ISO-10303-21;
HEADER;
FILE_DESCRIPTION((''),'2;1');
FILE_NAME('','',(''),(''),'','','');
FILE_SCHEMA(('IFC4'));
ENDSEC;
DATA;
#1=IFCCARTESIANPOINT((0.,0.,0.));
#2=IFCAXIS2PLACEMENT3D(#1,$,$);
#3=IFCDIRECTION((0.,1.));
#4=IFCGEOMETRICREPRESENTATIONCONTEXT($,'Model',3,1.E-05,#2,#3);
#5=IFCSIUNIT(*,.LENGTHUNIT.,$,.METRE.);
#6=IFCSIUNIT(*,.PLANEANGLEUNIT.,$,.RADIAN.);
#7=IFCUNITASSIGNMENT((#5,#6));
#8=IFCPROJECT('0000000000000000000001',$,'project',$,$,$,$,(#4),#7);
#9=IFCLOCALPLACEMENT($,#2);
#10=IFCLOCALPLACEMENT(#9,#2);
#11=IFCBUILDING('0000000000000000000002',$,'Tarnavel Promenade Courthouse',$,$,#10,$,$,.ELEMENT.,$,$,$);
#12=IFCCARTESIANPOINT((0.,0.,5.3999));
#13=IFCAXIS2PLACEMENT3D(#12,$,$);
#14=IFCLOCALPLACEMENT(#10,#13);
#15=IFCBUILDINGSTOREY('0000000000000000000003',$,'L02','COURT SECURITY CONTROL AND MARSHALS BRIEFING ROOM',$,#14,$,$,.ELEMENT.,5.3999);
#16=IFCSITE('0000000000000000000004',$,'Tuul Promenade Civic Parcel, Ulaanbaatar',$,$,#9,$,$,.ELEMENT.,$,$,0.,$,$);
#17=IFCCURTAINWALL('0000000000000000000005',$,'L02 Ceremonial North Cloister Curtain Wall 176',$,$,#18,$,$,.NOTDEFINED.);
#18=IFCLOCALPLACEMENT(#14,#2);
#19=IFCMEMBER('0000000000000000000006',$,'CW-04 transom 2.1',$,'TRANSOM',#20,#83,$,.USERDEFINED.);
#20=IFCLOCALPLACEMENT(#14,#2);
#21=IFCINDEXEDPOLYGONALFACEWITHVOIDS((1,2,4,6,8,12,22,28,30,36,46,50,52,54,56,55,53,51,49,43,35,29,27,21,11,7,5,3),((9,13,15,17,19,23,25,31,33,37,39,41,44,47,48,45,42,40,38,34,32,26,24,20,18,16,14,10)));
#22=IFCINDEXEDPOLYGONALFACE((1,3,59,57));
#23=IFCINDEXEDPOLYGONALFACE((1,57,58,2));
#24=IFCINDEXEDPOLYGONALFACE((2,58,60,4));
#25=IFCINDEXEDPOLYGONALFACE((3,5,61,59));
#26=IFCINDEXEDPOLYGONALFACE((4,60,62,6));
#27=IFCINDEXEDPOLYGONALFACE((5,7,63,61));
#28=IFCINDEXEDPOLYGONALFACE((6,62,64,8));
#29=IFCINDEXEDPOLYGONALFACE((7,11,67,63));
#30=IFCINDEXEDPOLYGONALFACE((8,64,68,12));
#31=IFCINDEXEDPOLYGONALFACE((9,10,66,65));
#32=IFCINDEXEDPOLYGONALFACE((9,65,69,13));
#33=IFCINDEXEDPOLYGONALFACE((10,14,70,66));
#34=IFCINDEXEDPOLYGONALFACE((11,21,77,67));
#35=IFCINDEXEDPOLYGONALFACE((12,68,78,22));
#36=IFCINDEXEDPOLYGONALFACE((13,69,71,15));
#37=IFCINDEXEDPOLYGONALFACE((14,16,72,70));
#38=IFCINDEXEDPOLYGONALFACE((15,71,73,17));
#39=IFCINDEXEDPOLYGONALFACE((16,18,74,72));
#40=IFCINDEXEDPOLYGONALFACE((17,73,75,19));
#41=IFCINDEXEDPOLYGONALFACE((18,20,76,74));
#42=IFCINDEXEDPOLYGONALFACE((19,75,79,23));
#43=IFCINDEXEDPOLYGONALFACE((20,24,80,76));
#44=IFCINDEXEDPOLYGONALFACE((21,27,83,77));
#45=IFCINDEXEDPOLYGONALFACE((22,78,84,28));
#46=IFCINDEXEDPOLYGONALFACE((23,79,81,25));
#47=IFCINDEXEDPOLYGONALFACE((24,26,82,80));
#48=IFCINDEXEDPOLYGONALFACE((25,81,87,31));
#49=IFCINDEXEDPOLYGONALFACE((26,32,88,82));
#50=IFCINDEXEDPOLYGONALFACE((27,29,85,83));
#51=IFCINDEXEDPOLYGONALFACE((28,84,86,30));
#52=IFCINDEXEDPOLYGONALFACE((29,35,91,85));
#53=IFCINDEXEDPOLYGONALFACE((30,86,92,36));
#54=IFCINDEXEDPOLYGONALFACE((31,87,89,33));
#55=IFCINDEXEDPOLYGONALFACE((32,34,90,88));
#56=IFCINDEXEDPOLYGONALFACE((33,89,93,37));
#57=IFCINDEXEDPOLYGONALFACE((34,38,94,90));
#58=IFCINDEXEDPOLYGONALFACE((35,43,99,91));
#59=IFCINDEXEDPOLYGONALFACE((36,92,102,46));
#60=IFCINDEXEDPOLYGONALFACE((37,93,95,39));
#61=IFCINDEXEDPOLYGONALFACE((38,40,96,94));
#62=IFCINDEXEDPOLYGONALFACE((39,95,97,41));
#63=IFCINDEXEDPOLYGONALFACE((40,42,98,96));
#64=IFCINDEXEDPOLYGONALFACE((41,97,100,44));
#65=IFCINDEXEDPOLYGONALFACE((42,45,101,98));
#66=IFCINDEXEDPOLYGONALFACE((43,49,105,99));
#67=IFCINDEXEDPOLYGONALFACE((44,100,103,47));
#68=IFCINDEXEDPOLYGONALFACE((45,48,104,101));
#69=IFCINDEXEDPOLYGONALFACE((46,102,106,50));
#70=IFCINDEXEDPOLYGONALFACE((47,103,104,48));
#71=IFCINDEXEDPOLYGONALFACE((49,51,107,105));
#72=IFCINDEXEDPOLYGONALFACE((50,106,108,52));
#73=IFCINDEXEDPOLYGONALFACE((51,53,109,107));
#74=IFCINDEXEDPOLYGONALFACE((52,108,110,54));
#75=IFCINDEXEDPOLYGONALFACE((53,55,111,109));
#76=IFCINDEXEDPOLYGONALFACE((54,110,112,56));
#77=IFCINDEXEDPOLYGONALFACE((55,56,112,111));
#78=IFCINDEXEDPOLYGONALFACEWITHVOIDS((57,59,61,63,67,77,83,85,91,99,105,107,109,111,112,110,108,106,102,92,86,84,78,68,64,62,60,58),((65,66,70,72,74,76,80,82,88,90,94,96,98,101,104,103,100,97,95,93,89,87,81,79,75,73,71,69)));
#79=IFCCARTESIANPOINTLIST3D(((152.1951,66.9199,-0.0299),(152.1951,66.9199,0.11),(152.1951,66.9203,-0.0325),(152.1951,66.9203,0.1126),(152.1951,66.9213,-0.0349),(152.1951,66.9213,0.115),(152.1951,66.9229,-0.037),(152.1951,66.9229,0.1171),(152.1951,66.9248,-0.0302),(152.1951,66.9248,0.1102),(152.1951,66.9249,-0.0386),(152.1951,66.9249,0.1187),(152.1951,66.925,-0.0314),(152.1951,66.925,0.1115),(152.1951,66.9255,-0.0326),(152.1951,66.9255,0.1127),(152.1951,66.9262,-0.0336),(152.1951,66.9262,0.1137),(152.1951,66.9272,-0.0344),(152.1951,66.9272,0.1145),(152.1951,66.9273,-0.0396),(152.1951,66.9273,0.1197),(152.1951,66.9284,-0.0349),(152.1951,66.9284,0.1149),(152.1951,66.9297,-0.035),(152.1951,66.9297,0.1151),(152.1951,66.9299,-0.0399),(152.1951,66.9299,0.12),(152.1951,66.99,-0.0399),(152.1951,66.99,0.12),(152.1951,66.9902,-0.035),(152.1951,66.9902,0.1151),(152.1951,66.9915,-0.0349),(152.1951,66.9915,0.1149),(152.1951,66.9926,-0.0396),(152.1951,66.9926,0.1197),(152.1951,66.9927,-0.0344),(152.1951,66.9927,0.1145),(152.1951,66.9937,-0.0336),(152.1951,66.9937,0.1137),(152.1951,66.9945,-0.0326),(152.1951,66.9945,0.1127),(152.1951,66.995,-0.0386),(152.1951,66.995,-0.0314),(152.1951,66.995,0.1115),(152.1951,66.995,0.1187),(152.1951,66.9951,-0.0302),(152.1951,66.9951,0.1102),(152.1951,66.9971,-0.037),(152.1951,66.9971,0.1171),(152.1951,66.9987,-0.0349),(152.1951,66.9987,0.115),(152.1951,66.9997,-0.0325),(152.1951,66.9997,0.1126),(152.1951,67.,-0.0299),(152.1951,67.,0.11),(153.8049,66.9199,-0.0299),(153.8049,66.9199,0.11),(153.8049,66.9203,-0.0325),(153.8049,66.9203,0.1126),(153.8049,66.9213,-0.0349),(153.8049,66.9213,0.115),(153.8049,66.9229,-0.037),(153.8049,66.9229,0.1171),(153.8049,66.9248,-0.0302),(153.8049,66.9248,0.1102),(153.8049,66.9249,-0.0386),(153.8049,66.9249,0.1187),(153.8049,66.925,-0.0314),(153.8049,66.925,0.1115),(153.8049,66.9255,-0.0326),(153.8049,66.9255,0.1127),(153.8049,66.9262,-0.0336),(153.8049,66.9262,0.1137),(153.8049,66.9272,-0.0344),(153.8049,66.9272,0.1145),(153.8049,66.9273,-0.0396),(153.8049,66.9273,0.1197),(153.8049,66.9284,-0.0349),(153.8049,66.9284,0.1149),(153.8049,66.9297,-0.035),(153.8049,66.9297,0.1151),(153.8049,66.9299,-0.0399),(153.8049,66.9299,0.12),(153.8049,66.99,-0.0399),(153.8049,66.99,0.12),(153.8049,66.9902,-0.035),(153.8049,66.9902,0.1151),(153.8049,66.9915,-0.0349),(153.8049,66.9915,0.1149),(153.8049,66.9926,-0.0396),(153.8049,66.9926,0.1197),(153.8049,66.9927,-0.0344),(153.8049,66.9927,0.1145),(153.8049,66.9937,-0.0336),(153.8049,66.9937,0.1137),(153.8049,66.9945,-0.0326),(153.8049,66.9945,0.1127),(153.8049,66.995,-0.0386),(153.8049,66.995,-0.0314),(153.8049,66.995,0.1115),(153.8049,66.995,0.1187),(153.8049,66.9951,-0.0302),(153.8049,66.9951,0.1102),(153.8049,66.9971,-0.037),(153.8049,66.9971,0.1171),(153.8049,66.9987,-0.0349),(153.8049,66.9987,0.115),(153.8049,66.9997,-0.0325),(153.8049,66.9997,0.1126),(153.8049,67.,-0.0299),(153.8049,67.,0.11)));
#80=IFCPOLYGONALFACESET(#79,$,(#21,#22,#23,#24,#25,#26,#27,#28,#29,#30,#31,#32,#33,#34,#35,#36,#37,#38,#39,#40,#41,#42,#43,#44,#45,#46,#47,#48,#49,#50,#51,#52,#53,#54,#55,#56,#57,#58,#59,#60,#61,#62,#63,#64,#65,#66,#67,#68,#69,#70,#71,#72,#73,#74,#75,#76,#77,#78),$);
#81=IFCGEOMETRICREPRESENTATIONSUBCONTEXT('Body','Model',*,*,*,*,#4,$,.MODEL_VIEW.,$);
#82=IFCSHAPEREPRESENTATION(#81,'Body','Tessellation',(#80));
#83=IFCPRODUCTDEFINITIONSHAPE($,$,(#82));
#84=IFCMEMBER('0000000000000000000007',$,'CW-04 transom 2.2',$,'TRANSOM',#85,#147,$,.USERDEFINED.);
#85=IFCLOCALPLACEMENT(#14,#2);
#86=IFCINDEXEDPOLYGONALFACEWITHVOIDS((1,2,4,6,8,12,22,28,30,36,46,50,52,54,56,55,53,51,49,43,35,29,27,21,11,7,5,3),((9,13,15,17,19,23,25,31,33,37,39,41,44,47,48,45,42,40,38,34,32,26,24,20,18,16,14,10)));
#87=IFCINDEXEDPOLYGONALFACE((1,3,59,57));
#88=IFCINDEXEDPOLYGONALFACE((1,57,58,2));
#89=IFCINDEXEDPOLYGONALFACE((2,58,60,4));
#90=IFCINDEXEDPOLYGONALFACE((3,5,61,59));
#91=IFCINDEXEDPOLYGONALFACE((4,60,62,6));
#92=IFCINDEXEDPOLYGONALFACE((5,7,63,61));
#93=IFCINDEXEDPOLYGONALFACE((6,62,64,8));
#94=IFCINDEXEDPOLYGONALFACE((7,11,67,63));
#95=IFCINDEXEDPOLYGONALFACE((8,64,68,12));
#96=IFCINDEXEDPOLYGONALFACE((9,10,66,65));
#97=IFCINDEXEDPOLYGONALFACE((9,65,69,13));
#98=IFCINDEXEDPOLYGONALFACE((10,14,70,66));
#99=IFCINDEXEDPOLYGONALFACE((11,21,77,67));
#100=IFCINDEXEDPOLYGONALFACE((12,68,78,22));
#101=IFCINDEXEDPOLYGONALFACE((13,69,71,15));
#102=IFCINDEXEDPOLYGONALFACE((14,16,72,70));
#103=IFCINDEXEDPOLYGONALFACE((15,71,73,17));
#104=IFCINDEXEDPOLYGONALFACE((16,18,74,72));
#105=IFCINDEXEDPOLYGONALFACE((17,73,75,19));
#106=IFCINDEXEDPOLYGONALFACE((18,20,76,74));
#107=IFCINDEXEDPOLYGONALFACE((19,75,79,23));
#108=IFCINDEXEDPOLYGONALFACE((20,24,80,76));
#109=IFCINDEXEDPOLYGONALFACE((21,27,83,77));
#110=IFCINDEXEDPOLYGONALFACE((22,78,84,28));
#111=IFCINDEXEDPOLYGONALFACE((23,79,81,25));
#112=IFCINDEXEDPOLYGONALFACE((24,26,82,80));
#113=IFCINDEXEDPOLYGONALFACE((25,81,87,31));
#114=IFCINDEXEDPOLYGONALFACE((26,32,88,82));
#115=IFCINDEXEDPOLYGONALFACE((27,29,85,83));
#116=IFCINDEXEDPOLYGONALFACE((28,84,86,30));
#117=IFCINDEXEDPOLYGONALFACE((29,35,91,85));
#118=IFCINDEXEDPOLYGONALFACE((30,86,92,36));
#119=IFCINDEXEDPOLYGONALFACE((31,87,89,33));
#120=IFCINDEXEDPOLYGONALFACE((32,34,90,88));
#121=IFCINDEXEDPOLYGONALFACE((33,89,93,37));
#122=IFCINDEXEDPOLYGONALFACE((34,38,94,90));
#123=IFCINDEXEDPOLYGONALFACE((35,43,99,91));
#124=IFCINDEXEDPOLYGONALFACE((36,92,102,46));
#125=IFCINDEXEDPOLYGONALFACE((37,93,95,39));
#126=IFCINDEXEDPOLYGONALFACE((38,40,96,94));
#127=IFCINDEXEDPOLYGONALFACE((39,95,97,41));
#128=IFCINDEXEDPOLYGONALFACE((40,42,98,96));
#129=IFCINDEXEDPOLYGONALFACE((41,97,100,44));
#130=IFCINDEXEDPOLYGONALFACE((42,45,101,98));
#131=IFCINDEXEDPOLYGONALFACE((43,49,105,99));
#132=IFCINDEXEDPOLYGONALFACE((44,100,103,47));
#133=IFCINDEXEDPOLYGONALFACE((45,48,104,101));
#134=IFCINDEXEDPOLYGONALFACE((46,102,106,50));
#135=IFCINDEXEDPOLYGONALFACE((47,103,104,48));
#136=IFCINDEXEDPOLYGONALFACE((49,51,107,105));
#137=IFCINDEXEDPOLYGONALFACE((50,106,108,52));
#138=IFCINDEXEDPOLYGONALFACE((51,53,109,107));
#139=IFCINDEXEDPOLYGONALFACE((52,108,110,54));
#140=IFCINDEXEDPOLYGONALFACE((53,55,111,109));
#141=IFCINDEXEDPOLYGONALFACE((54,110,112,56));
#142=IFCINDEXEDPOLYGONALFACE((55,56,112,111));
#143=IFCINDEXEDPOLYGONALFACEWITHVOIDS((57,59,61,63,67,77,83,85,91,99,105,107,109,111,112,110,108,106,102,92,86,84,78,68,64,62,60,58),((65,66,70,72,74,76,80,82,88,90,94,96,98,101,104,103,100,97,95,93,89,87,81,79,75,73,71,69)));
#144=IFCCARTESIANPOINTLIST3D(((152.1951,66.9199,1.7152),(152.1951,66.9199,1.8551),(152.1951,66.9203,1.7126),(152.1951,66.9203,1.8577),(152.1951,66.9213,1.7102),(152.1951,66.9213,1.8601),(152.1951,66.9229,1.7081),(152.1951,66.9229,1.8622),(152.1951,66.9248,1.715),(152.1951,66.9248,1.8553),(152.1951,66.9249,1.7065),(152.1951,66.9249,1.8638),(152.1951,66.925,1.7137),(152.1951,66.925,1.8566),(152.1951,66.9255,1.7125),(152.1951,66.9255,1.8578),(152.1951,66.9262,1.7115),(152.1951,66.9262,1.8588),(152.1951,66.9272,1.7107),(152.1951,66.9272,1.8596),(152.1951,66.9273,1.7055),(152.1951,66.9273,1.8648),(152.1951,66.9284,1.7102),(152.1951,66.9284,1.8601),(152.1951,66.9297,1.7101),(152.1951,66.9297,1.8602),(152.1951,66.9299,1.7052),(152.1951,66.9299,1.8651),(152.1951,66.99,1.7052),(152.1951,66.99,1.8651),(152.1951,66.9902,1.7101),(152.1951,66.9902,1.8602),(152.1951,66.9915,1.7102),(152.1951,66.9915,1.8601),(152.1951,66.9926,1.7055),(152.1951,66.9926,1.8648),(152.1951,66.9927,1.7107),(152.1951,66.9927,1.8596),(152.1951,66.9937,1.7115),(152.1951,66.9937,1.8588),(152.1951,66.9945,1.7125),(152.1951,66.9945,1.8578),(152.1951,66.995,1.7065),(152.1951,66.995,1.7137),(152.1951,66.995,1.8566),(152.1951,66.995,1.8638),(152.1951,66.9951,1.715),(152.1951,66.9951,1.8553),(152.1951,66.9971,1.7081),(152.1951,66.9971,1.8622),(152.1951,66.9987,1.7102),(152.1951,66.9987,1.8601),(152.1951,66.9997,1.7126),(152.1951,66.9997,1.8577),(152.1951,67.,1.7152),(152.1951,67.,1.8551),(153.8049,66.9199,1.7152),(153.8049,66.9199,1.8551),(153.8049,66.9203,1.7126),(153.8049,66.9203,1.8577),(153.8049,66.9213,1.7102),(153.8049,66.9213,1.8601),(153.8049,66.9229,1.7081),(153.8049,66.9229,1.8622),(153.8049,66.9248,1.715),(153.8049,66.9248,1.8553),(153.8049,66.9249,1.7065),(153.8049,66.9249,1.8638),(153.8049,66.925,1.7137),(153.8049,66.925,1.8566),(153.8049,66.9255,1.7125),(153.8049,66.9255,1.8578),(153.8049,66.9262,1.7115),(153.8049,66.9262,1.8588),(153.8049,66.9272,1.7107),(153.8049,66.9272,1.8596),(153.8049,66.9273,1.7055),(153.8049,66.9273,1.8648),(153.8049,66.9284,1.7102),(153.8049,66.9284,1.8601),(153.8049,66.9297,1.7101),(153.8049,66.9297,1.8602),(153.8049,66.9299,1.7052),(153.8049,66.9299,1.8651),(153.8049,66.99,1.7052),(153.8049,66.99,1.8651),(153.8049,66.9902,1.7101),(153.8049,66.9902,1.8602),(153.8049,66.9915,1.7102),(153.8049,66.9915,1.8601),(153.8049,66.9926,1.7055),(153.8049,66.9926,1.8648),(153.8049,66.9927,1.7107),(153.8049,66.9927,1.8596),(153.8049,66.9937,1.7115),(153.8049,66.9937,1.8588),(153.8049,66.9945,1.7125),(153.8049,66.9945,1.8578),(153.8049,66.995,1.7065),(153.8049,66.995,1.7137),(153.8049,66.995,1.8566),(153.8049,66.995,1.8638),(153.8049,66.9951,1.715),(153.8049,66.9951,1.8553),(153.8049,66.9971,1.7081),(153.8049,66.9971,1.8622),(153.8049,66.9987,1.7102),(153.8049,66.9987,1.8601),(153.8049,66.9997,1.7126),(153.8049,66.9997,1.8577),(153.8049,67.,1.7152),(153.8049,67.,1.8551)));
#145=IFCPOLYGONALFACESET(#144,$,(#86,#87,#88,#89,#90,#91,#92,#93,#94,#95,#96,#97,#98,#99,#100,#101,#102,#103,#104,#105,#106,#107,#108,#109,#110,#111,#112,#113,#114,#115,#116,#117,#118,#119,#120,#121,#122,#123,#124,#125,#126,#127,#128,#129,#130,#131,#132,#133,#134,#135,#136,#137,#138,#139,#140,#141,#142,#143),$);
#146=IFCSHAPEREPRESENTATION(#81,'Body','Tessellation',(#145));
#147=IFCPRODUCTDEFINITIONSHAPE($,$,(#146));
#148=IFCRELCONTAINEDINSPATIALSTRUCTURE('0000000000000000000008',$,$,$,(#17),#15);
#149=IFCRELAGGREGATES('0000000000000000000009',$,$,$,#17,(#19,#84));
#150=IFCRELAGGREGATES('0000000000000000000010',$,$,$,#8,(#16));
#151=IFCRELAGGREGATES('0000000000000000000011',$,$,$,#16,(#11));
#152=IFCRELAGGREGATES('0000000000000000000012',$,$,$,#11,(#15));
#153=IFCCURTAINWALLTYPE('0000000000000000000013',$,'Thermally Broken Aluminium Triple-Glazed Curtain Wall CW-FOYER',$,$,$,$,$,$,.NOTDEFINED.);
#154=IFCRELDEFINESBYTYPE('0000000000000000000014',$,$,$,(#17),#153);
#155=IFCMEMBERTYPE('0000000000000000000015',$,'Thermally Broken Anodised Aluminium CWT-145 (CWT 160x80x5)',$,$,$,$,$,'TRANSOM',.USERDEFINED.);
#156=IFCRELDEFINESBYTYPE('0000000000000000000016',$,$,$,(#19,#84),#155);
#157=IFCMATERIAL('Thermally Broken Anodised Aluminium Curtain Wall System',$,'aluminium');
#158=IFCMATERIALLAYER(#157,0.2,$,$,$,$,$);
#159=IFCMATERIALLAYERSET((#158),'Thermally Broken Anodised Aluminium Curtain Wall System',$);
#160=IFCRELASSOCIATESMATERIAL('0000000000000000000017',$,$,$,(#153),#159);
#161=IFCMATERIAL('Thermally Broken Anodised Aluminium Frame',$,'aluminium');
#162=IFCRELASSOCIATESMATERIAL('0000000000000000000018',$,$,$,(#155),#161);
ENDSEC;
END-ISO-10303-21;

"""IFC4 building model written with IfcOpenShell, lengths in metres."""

from ifc_helpers import new_model, si_unit, direction, frame, origin, origin_2d, place, context, subcontext, project, spatial, hollow_rectangle, extrude, material, layer, layer_set, material_profile, profile_set, type_object, element, aggregate, save


model = new_model("IFC4")

# Units and contexts
model_context = context("Model", 3, precision=1e-05, world=origin(), true_north=direction((0.0, 1.0)))
body_context = subcontext(model_context, "Body", "Model", "MODEL_VIEW")
ifc_project = project(units=[si_unit("LENGTHUNIT", "METRE"), si_unit("PLANEANGLEUNIT", "RADIAN")], contexts=[model_context])

# Site, building, storey
site_placement = place(None, origin())
site = spatial("IfcSite", under=ifc_project, at=site_placement, Name="Tuul Promenade Civic Parcel, Ulaanbaatar", CompositionType="ELEMENT", RefElevation=0.0)
building_placement = place(site_placement, origin())
building = spatial("IfcBuilding", under=site, at=building_placement, Name="Tarnavel Promenade Courthouse", CompositionType="ELEMENT")
storey_placement = place(building_placement, frame((0.0, 0.0, 5.3999)))
storey = spatial("IfcBuildingStorey", under=building, at=storey_placement, Name="L02", Description="COURT SECURITY CONTROL AND MARSHALS BRIEFING ROOM", CompositionType="ELEMENT", Elevation=5.3999)

# Curtain wall, members
ifc_material_1 = material(Name="Thermally Broken Anodised Aluminium Curtain Wall System", Category="aluminium")
ifc_layer_1 = layer(ifc_material_1, 0.2)
ifc_layer_set_1 = layer_set([ifc_layer_1], Name="Thermally Broken Anodised Aluminium Curtain Wall System")
curtain_wall_type = type_object("IfcCurtainWallType", Name="Thermally Broken Aluminium Triple-Glazed Curtain Wall CW-FOYER", PredefinedType="NOTDEFINED", material=ifc_layer_set_1)
curtain_wall_placement = place(storey_placement, origin())
curtain_wall = element("IfcCurtainWall", 1, at=curtain_wall_placement, inside=storey, type_object=curtain_wall_type, Name="L02 Ceremonial North Cloister Curtain Wall 176", PredefinedType="NOTDEFINED")
ifc_material_2 = material(Name="Thermally Broken Anodised Aluminium Frame", Category="aluminium")
ifc_material_profile_1 = material_profile(ifc_material_2, hollow_rectangle(XDim=0.0801, YDim=0.1599, WallThickness=0.0049, InnerFilletRadius=0.0049, OuterFilletRadius=0.01, at=origin_2d()), Name="CWT 160x80x5")
ifc_profile_set_1 = profile_set([ifc_material_profile_1], Name="Thermally Broken Anodised Aluminium Frame")
member_type_1 = type_object("IfcMemberType", Name="Thermally Broken Anodised Aluminium CWT-145 (CWT 160x80x5)", ElementType="TRANSOM", PredefinedType="USERDEFINED", material=ifc_profile_set_1)
member_1_placement = place(storey_placement, frame((153.8049, 66.96, 0.04), z_axis=(-1.0, 0.0, 0.0), x_axis=(0.0, -1.0, 0.0)))
member_1 = element("IfcMember", 2, at=member_1_placement, type_object=member_type_1, Name="CW-04 transom 2.1", ObjectType="TRANSOM", PredefinedType="USERDEFINED", context=body_context, shape_type="SweptSolid", body=[
    extrude(hollow_rectangle(XDim=0.0801, YDim=0.1599, WallThickness=0.0049, InnerFilletRadius=0.0049, OuterFilletRadius=0.01, at=origin_2d()), origin(), (0.0, 0.0, 1.0), 1.6099),
])
member_2_placement = place(storey_placement, frame((153.8049, 66.96, 1.7852), z_axis=(-1.0, 0.0, 0.0), x_axis=(0.0, -1.0, 0.0)))
member_2 = element("IfcMember", 3, at=member_2_placement, type_object=member_type_1, Name="CW-04 transom 2.2", ObjectType="TRANSOM", PredefinedType="USERDEFINED", context=body_context, shape_type="SweptSolid", body=[
    extrude(hollow_rectangle(XDim=0.0801, YDim=0.1599, WallThickness=0.0049, InnerFilletRadius=0.0049, OuterFilletRadius=0.01, at=origin_2d()), origin(), (0.0, 0.0, 1.0), 1.6099),
])
aggregate(curtain_wall, [member_1, member_2])

save(model, "model.ifc")
